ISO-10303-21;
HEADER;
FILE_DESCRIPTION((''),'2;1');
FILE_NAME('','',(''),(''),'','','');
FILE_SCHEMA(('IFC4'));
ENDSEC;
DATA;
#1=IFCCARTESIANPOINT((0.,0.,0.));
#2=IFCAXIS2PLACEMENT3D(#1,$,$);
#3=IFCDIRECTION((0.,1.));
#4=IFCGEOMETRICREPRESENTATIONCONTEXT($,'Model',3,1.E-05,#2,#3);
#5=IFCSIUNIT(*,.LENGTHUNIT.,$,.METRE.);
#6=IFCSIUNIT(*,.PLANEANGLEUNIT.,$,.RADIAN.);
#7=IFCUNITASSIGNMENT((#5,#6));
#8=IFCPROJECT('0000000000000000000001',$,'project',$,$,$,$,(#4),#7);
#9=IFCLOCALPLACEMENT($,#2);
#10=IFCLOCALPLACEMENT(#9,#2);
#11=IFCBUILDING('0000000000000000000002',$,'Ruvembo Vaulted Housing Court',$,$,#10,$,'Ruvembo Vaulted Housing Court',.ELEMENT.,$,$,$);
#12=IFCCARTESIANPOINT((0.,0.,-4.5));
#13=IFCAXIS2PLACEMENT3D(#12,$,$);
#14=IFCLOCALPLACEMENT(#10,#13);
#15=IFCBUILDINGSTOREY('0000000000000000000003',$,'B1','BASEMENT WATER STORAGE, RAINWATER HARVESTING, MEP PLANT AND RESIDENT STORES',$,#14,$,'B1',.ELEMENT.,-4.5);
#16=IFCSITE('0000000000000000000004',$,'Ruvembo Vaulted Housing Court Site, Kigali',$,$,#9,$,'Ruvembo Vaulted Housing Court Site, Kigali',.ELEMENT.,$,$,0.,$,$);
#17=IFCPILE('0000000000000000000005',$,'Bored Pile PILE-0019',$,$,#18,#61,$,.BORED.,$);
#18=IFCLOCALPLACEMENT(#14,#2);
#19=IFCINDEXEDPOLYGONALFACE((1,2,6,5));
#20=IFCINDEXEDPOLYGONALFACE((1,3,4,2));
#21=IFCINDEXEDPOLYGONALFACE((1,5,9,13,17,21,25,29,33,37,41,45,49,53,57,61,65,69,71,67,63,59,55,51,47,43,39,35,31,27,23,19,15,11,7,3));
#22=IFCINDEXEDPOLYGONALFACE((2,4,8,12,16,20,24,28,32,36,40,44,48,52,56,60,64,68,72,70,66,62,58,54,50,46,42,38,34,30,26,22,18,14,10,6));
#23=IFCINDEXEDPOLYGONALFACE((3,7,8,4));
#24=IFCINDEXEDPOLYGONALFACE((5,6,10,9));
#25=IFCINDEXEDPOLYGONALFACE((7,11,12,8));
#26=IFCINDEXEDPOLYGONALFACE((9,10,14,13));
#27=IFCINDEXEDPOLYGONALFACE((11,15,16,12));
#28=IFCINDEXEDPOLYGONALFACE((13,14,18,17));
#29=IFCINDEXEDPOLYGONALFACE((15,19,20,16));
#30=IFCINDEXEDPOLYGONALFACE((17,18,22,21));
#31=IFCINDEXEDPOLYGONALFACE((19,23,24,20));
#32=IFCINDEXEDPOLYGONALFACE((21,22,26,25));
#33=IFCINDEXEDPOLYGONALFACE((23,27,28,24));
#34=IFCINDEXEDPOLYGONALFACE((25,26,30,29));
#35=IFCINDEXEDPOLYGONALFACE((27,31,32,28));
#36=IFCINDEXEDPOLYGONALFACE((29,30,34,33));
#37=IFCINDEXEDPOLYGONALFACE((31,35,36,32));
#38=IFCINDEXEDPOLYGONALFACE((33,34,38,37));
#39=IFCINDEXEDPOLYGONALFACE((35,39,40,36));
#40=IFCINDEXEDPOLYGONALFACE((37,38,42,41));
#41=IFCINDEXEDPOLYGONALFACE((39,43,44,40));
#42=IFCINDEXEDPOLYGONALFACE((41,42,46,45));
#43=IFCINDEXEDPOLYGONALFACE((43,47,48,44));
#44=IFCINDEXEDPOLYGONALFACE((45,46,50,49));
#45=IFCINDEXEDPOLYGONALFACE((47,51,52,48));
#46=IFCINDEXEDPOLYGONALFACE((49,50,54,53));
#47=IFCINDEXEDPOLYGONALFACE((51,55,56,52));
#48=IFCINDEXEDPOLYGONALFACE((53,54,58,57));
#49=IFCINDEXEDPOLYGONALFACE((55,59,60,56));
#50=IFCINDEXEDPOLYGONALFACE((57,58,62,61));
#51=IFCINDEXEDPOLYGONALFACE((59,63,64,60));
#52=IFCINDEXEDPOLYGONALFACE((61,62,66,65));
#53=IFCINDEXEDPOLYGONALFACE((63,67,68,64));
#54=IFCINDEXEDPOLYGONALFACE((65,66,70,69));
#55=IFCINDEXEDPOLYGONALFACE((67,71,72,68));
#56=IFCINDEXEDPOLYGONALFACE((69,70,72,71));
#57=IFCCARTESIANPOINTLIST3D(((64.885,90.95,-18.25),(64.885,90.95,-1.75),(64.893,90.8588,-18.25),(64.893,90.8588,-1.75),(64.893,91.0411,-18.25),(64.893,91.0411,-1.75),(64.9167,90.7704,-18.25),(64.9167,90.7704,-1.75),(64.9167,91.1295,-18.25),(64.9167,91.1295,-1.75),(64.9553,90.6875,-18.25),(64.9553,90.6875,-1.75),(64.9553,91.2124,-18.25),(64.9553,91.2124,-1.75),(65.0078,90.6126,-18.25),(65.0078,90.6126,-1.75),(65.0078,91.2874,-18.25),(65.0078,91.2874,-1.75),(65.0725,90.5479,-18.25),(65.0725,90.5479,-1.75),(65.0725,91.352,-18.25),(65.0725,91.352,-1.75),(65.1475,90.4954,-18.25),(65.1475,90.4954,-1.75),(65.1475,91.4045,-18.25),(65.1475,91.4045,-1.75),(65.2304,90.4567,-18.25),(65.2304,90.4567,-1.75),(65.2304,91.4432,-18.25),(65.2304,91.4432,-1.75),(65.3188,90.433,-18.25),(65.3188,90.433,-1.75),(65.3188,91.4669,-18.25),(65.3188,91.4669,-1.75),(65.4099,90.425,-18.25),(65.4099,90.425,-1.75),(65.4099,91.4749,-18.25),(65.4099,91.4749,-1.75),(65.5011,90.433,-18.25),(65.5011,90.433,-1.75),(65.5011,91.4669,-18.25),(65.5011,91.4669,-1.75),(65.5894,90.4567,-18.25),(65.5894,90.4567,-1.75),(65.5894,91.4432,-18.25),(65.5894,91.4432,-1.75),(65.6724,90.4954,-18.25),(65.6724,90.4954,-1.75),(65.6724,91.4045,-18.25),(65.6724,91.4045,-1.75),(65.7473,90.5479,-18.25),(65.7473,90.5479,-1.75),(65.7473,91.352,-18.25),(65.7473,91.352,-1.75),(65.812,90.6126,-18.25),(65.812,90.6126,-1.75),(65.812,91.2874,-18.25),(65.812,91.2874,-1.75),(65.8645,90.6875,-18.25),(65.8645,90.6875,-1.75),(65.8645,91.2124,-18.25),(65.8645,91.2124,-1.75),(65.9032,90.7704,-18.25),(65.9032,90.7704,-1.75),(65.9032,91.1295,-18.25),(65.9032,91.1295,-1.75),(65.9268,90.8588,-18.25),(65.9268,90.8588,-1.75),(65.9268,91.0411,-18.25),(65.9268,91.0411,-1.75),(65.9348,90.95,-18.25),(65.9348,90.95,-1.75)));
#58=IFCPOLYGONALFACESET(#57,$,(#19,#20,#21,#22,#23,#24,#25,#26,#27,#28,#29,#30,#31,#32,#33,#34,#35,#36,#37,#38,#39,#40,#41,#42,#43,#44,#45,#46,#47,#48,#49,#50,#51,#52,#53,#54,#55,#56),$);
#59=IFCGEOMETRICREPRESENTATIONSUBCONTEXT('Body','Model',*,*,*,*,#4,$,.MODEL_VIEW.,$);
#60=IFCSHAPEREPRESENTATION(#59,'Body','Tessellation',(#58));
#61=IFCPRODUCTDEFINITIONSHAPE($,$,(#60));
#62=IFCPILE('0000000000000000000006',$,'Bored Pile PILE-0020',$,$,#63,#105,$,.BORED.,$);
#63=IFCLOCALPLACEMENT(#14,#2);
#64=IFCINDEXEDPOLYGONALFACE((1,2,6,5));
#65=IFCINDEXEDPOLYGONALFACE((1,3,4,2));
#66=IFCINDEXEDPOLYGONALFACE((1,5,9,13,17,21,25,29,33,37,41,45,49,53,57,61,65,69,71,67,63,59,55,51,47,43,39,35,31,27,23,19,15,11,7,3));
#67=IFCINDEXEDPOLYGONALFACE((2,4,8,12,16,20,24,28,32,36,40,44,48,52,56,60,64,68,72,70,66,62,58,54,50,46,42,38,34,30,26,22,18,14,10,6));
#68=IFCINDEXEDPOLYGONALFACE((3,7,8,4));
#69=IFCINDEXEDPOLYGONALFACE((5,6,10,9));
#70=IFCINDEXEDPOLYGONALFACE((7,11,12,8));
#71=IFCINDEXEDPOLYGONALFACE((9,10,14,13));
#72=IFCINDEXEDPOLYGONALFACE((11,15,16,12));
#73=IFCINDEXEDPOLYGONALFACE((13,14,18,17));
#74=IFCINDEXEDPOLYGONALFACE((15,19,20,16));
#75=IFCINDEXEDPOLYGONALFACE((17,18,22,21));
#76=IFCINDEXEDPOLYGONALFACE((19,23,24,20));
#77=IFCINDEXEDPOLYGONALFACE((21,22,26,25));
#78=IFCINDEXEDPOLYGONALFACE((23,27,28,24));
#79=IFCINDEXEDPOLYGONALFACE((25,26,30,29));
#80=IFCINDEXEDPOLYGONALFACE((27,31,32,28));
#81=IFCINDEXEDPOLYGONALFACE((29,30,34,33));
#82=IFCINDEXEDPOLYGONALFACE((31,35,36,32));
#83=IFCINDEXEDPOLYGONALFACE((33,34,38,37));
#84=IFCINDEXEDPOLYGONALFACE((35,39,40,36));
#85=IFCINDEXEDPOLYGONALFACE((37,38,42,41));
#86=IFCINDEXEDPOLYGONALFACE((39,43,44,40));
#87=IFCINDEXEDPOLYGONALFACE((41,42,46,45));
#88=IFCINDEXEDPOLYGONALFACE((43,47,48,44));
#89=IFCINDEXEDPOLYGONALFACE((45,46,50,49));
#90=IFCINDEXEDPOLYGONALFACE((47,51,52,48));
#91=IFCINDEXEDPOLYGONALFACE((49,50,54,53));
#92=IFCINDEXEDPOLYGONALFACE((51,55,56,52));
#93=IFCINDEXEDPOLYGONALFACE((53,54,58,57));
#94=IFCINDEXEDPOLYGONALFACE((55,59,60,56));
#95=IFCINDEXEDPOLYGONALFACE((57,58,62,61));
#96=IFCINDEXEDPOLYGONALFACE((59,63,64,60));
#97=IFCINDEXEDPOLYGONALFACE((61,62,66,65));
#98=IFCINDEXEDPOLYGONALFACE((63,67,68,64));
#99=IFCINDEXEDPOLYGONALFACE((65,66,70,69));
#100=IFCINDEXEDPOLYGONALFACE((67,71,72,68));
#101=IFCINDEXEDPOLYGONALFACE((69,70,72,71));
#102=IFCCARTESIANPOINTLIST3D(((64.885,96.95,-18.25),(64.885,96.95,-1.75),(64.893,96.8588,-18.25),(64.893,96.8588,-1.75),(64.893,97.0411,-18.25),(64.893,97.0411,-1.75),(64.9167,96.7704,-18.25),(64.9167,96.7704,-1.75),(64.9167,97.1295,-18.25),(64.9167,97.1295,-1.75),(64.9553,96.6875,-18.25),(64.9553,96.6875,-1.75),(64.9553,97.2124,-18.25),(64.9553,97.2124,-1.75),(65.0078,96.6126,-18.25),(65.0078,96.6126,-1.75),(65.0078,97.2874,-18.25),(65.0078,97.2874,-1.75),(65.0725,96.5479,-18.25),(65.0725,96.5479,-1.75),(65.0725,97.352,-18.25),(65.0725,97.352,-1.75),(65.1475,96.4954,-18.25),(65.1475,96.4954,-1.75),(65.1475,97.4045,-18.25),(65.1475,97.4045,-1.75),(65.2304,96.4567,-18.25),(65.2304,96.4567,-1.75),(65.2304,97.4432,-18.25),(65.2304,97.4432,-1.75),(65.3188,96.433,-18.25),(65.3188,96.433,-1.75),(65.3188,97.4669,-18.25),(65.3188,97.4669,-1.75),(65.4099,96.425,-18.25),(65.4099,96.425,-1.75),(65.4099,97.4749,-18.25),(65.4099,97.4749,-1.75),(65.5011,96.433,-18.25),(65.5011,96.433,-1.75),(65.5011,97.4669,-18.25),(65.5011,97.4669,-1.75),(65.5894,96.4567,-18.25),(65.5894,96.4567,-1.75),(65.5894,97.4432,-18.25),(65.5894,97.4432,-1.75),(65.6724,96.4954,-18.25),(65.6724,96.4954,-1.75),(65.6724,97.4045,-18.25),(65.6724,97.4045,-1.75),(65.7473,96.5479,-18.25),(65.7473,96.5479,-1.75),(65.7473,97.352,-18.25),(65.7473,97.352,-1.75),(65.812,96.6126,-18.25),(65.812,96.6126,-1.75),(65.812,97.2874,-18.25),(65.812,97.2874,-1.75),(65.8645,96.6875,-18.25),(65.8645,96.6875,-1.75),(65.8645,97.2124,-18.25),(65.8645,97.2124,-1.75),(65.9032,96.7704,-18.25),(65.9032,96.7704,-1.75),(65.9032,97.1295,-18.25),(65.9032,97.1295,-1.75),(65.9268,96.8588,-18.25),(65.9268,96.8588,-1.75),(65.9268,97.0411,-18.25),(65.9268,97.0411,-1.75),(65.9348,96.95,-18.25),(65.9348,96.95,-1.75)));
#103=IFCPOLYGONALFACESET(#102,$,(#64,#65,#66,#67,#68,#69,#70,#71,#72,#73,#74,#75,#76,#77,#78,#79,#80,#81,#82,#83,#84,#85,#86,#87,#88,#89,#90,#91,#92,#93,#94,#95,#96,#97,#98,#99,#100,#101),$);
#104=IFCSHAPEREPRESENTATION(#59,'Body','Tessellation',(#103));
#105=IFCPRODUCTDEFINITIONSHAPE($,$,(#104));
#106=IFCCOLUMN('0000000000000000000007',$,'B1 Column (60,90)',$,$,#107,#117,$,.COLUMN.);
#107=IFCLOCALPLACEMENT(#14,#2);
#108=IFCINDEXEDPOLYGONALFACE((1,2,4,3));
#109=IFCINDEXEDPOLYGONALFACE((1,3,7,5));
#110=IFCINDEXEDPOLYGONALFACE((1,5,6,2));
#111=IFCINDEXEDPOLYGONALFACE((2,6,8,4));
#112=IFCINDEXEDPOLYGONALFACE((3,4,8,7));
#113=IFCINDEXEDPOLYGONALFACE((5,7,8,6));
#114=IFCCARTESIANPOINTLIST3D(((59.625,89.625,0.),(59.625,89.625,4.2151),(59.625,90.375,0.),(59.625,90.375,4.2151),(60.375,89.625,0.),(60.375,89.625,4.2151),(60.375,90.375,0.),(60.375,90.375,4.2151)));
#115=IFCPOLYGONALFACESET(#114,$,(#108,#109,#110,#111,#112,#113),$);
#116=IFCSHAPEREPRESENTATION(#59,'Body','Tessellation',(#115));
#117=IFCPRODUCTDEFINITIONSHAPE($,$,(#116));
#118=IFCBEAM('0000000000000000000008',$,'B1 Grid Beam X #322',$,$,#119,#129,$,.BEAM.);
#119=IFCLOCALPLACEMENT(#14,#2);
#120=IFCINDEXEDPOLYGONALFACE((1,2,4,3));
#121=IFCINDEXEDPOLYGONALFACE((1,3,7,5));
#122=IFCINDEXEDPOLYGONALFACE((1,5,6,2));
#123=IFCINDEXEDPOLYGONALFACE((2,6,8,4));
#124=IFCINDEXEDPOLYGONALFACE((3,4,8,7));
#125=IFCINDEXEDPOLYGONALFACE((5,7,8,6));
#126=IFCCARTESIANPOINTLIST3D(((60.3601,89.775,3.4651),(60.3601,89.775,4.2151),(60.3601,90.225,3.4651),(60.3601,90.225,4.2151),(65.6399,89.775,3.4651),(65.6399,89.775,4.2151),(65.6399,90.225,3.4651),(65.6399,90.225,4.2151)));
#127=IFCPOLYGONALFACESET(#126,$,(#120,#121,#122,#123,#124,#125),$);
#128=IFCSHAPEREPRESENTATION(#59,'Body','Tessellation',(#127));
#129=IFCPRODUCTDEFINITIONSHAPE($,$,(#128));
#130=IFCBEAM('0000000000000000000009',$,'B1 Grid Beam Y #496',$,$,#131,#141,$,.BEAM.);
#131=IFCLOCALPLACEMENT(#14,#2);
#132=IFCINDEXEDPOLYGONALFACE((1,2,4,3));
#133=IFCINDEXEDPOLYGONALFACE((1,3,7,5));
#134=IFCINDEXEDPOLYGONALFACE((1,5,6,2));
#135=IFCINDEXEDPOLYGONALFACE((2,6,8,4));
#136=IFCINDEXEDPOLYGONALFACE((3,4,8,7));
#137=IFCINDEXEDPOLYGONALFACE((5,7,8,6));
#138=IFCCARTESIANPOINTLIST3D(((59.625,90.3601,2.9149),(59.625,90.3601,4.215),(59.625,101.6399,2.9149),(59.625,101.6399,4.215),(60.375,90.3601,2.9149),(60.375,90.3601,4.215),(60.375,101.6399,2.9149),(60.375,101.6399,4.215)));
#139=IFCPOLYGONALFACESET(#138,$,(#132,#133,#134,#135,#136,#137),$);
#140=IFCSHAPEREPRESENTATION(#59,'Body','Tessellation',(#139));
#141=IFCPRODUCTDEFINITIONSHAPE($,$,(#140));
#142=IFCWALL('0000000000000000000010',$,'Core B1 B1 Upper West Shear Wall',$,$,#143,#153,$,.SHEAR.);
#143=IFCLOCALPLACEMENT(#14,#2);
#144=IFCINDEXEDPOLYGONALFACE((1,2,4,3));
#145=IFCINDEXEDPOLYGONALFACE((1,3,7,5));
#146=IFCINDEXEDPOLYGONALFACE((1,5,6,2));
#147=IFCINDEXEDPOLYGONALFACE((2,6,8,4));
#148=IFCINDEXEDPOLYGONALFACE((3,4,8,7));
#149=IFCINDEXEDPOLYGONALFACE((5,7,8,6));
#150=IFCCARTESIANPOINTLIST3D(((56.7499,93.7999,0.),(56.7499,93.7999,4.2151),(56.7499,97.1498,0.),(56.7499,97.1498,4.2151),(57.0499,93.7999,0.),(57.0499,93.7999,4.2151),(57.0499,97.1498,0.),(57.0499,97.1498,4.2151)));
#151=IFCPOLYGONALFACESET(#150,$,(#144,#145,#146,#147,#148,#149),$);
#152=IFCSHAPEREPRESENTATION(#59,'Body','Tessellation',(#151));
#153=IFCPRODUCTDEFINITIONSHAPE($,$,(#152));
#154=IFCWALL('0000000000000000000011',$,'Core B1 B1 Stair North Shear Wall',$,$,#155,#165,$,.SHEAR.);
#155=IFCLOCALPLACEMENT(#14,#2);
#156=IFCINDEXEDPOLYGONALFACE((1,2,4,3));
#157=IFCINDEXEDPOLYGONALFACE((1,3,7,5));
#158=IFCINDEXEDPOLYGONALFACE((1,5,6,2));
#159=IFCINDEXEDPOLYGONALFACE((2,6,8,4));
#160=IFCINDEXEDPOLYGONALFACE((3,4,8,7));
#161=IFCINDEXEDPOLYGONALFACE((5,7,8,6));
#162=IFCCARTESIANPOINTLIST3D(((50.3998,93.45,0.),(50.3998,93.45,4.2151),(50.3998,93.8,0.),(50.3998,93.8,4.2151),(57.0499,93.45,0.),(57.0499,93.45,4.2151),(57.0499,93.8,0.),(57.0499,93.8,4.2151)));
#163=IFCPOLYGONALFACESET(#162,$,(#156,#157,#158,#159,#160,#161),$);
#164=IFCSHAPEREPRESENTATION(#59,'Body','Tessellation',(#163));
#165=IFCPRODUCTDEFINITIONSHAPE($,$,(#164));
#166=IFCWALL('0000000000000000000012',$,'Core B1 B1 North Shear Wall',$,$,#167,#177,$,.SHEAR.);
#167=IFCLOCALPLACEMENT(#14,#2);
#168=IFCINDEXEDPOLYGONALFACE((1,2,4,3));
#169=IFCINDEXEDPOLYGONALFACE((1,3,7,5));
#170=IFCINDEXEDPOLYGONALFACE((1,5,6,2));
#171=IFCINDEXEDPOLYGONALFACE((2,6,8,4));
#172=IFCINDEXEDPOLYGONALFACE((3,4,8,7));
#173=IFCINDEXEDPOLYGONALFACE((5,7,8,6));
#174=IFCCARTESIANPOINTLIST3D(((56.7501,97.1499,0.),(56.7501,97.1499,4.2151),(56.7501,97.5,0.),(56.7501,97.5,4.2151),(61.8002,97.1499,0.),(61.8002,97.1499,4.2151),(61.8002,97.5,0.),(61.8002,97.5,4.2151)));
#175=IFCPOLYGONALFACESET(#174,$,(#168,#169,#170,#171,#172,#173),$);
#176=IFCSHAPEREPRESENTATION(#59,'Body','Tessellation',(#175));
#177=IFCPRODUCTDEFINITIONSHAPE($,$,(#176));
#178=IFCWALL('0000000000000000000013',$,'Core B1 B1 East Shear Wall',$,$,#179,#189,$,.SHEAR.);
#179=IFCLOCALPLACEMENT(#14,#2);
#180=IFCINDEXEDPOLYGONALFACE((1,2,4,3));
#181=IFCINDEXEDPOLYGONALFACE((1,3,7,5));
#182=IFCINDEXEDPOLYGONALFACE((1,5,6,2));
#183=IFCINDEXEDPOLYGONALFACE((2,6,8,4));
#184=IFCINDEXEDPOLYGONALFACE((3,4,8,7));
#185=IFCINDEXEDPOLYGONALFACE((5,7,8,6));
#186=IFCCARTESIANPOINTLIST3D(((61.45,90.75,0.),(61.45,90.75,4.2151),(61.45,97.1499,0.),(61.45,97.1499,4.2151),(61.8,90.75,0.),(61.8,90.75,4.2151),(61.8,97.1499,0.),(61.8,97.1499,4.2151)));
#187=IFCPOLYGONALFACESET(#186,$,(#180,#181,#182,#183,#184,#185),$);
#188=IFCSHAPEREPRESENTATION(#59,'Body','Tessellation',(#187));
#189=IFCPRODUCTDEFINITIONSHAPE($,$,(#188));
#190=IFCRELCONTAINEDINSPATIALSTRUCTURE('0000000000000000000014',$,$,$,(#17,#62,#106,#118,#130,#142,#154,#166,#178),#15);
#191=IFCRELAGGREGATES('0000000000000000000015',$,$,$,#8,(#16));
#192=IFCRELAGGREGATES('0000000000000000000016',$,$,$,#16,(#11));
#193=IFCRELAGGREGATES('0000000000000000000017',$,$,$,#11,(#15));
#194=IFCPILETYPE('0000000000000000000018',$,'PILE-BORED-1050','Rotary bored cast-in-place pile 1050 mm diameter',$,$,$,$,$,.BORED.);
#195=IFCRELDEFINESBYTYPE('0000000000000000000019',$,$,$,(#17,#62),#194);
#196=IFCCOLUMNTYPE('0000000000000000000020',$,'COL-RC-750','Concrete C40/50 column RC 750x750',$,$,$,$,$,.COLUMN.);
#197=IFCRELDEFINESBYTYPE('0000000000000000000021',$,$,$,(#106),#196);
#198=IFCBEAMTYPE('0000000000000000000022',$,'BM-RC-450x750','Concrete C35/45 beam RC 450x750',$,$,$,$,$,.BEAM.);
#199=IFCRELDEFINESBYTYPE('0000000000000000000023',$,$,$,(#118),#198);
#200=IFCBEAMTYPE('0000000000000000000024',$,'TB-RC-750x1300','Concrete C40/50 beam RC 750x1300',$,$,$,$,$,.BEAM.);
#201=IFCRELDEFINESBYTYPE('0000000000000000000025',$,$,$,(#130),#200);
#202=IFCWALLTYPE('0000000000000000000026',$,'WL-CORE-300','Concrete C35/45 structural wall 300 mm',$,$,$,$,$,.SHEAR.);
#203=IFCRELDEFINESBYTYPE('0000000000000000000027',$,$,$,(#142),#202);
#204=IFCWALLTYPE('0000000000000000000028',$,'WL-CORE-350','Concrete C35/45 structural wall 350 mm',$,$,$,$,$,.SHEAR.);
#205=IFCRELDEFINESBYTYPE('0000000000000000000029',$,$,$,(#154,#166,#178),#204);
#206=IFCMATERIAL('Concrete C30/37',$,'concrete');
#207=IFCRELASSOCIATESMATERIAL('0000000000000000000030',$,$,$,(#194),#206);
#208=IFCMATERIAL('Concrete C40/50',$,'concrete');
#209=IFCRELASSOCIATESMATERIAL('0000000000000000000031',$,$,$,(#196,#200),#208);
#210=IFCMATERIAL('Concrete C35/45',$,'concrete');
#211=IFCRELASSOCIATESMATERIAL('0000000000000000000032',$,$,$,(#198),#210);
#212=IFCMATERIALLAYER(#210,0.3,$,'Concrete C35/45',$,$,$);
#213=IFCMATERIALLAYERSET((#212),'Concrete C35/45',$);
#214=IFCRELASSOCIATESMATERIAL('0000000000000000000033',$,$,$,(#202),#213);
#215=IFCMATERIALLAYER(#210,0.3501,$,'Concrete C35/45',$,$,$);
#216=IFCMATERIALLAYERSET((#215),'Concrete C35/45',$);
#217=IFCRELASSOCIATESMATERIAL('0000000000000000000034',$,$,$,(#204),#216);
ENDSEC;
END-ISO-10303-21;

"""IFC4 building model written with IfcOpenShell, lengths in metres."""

from ifc_helpers import new_model, si_unit, direction, frame, frame_2d, origin, origin_2d, place, context, subcontext, project, spatial, rectangle, circle, extrude, material, layer, layer_set, material_profile, profile_set, type_object, element, save


model = new_model("IFC4")

# Units and contexts
model_context = context("Model", 3, precision=1e-05, world=origin(), true_north=direction((0.0, 1.0)))
body_context = subcontext(model_context, "Body", "Model", "MODEL_VIEW")
ifc_project = project(units=[si_unit("LENGTHUNIT", "METRE"), si_unit("PLANEANGLEUNIT", "RADIAN")], contexts=[model_context])

# Site, building, storey
site_placement = place(None, origin())
site = spatial("IfcSite", under=ifc_project, at=site_placement, Name="Ruvembo Vaulted Housing Court Site, Kigali", LongName="Ruvembo Vaulted Housing Court Site, Kigali", CompositionType="ELEMENT", RefElevation=0.0)
building_placement = place(site_placement, origin())
building = spatial("IfcBuilding", under=site, at=building_placement, Name="Ruvembo Vaulted Housing Court", LongName="Ruvembo Vaulted Housing Court", CompositionType="ELEMENT")
storey_placement = place(building_placement, frame((0.0, 0.0, -4.5)))
storey = spatial("IfcBuildingStorey", under=building, at=storey_placement, Name="B1", Description="BASEMENT WATER STORAGE, RAINWATER HARVESTING, MEP PLANT AND RESIDENT STORES", LongName="B1", CompositionType="ELEMENT", Elevation=-4.5)

# Shared definitions
ifc_material_1 = material(Name="Concrete C35/45", Category="concrete")

# Piles
ifc_material_2 = material(Name="Concrete C30/37", Category="concrete")
ifc_material_profile_1 = material_profile(ifc_material_2, circle(Radius=0.5249, at=origin_2d()), Name="PILE D1050")
ifc_profile_set_1 = profile_set([ifc_material_profile_1], Name="Concrete C30/37")
pile_type = type_object("IfcPileType", Name="PILE-BORED-1050", Description="Rotary bored cast-in-place pile 1050 mm diameter", PredefinedType="BORED", material=ifc_profile_set_1)
for number, where, z_axis, x_axis, name in (
    (1, (65.4099, 90.95, -1.75), (0.0, 0.0, -1.0), (1.0, 0.0, 0.0), "Bored Pile PILE-0019"),
    (2, (65.4099, 96.95, -1.75), (0.0, 0.0, -1.0), (1.0, 0.0, 0.0), "Bored Pile PILE-0020"),
):
    element("IfcPile", number, at=place(storey_placement, frame(where, z_axis=z_axis, x_axis=x_axis)), inside=storey, type_object=pile_type, Name=name, PredefinedType="BORED", context=body_context, shape_type="SweptSolid", body=[
        extrude(circle(Radius=0.5249, at=origin_2d()), origin(), (0.0, 0.0, 1.0), 16.5),
    ])

# Column
ifc_material_3 = material(Name="Concrete C40/50", Category="concrete")
ifc_material_profile_2 = material_profile(ifc_material_3, rectangle(XDim=0.75, YDim=0.75, at=origin_2d()), Name="RC 750x750")
ifc_profile_set_2 = profile_set([ifc_material_profile_2], Name="Concrete C40/50")
column_type = type_object("IfcColumnType", Name="COL-RC-750", Description="Concrete C40/50 column RC 750x750", PredefinedType="COLUMN", material=ifc_profile_set_2)
column_placement = place(storey_placement, frame((60.0, 90.0, 0.0), z_axis=(0.0, 0.0, 1.0), x_axis=(1.0, 0.0, 0.0)))
element("IfcColumn", 3, at=column_placement, inside=storey, type_object=column_type, Name="B1 Column (60,90)", PredefinedType="COLUMN", context=body_context, shape_type="SweptSolid", body=[
    extrude(rectangle(XDim=0.75, YDim=0.75, at=origin_2d()), origin(), (0.0, 0.0, 1.0), 4.2151),
])

# Beams
ifc_material_profile_3 = material_profile(ifc_material_1, rectangle(XDim=0.45, YDim=0.75, at=origin_2d()), Name="RC 450x750")
ifc_profile_set_3 = profile_set([ifc_material_profile_3], Name="Concrete C35/45")
beam_type_1 = type_object("IfcBeamType", Name="BM-RC-450x750", Description="Concrete C35/45 beam RC 450x750", PredefinedType="BEAM", material=ifc_profile_set_3)
beam_1_placement = place(storey_placement, frame((60.3601, 90.0, 3.8401), z_axis=(1.0, 0.0, 0.0), x_axis=(0.0, 1.0, 0.0)))
element("IfcBeam", 4, at=beam_1_placement, inside=storey, type_object=beam_type_1, Name="B1 Grid Beam X #322", PredefinedType="BEAM", context=body_context, shape_type="SweptSolid", body=[
    extrude(rectangle(XDim=0.45, YDim=0.75, at=origin_2d()), origin(), (0.0, 0.0, 1.0), 5.2798),
])
ifc_material_profile_4 = material_profile(ifc_material_3, rectangle(XDim=0.75, YDim=1.3, at=origin_2d()), Name="RC 750x1300")
ifc_profile_set_4 = profile_set([ifc_material_profile_4], Name="Concrete C40/50")
beam_type_2 = type_object("IfcBeamType", Name="TB-RC-750x1300", Description="Concrete C40/50 beam RC 750x1300", PredefinedType="BEAM", material=ifc_profile_set_4)
beam_2_placement = place(storey_placement, frame((60.0, 90.3601, 3.5649), z_axis=(0.0, 1.0, 0.0), x_axis=(-1.0, 0.0, 0.0)))
element("IfcBeam", 5, at=beam_2_placement, inside=storey, type_object=beam_type_2, Name="B1 Grid Beam Y #496", PredefinedType="BEAM", context=body_context, shape_type="SweptSolid", body=[
    extrude(rectangle(XDim=0.75, YDim=1.3, at=origin_2d()), origin(), (0.0, 0.0, 1.0), 11.2798),
])

# Shared definitions
ifc_layer_1 = layer(ifc_material_1, 0.3, Name="Concrete C35/45")
ifc_layer_set_1 = layer_set([ifc_layer_1], Name="Concrete C35/45")
wall_type_1 = type_object("IfcWallType", Name="WL-CORE-300", Description="Concrete C35/45 structural wall 300 mm", PredefinedType="SHEAR", material=ifc_layer_set_1)

# Walls
wall_1_placement = place(storey_placement, frame((56.8999, 93.8, 0.0), z_axis=(0.0, 0.0, 1.0), x_axis=(0.0, 1.0, 0.0)))
element("IfcWall", 6, at=wall_1_placement, inside=storey, type_object=wall_type_1, Name="Core B1 B1 Upper West Shear Wall", PredefinedType="SHEAR", context=body_context, shape_type="SweptSolid", body=[
    extrude(rectangle(XDim=3.3499, YDim=0.3, at=frame_2d((1.6748, 0.0))), origin(), (0.0, 0.0, 1.0), 4.2151),
])
ifc_layer_2 = layer(ifc_material_1, 0.3501, Name="Concrete C35/45")
ifc_layer_set_2 = layer_set([ifc_layer_2], Name="Concrete C35/45")
wall_type_2 = type_object("IfcWallType", Name="WL-CORE-350", Description="Concrete C35/45 structural wall 350 mm", PredefinedType="SHEAR", material=ifc_layer_set_2)
wall_2_placement = place(storey_placement, frame((57.05, 93.625, 0.0), z_axis=(0.0, 0.0, 1.0), x_axis=(-1.0, 0.0, 0.0)))
element("IfcWall", 7, at=wall_2_placement, inside=storey, type_object=wall_type_2, Name="Core B1 B1 Stair North Shear Wall", PredefinedType="SHEAR", context=body_context, shape_type="SweptSolid", body=[
    extrude(rectangle(XDim=6.6501, YDim=0.3501, at=frame_2d((3.3252, 0.0))), origin(), (0.0, 0.0, 1.0), 4.2151),
])
wall_3_placement = place(storey_placement, frame((61.8, 97.325, 0.0), z_axis=(0.0, 0.0, 1.0), x_axis=(-1.0, 0.0, 0.0)))
element("IfcWall", 8, at=wall_3_placement, inside=storey, type_object=wall_type_2, Name="Core B1 B1 North Shear Wall", PredefinedType="SHEAR", context=body_context, shape_type="SweptSolid", body=[
    extrude(rectangle(XDim=5.05, YDim=0.3501, at=frame_2d((2.5249, 0.0))), origin(), (0.0, 0.0, 1.0), 4.2151),
])
wall_4_placement = place(storey_placement, frame((61.625, 90.75, 0.0), z_axis=(0.0, 0.0, 1.0), x_axis=(0.0, 1.0, 0.0)))
element("IfcWall", 9, at=wall_4_placement, inside=storey, type_object=wall_type_2, Name="Core B1 B1 East Shear Wall", PredefinedType="SHEAR", context=body_context, shape_type="SweptSolid", body=[
    extrude(rectangle(XDim=6.3999, YDim=0.3501, at=frame_2d((3.2, 0.0))), origin(), (0.0, 0.0, 1.0), 4.2151),
])

save(model, "model.ifc")
